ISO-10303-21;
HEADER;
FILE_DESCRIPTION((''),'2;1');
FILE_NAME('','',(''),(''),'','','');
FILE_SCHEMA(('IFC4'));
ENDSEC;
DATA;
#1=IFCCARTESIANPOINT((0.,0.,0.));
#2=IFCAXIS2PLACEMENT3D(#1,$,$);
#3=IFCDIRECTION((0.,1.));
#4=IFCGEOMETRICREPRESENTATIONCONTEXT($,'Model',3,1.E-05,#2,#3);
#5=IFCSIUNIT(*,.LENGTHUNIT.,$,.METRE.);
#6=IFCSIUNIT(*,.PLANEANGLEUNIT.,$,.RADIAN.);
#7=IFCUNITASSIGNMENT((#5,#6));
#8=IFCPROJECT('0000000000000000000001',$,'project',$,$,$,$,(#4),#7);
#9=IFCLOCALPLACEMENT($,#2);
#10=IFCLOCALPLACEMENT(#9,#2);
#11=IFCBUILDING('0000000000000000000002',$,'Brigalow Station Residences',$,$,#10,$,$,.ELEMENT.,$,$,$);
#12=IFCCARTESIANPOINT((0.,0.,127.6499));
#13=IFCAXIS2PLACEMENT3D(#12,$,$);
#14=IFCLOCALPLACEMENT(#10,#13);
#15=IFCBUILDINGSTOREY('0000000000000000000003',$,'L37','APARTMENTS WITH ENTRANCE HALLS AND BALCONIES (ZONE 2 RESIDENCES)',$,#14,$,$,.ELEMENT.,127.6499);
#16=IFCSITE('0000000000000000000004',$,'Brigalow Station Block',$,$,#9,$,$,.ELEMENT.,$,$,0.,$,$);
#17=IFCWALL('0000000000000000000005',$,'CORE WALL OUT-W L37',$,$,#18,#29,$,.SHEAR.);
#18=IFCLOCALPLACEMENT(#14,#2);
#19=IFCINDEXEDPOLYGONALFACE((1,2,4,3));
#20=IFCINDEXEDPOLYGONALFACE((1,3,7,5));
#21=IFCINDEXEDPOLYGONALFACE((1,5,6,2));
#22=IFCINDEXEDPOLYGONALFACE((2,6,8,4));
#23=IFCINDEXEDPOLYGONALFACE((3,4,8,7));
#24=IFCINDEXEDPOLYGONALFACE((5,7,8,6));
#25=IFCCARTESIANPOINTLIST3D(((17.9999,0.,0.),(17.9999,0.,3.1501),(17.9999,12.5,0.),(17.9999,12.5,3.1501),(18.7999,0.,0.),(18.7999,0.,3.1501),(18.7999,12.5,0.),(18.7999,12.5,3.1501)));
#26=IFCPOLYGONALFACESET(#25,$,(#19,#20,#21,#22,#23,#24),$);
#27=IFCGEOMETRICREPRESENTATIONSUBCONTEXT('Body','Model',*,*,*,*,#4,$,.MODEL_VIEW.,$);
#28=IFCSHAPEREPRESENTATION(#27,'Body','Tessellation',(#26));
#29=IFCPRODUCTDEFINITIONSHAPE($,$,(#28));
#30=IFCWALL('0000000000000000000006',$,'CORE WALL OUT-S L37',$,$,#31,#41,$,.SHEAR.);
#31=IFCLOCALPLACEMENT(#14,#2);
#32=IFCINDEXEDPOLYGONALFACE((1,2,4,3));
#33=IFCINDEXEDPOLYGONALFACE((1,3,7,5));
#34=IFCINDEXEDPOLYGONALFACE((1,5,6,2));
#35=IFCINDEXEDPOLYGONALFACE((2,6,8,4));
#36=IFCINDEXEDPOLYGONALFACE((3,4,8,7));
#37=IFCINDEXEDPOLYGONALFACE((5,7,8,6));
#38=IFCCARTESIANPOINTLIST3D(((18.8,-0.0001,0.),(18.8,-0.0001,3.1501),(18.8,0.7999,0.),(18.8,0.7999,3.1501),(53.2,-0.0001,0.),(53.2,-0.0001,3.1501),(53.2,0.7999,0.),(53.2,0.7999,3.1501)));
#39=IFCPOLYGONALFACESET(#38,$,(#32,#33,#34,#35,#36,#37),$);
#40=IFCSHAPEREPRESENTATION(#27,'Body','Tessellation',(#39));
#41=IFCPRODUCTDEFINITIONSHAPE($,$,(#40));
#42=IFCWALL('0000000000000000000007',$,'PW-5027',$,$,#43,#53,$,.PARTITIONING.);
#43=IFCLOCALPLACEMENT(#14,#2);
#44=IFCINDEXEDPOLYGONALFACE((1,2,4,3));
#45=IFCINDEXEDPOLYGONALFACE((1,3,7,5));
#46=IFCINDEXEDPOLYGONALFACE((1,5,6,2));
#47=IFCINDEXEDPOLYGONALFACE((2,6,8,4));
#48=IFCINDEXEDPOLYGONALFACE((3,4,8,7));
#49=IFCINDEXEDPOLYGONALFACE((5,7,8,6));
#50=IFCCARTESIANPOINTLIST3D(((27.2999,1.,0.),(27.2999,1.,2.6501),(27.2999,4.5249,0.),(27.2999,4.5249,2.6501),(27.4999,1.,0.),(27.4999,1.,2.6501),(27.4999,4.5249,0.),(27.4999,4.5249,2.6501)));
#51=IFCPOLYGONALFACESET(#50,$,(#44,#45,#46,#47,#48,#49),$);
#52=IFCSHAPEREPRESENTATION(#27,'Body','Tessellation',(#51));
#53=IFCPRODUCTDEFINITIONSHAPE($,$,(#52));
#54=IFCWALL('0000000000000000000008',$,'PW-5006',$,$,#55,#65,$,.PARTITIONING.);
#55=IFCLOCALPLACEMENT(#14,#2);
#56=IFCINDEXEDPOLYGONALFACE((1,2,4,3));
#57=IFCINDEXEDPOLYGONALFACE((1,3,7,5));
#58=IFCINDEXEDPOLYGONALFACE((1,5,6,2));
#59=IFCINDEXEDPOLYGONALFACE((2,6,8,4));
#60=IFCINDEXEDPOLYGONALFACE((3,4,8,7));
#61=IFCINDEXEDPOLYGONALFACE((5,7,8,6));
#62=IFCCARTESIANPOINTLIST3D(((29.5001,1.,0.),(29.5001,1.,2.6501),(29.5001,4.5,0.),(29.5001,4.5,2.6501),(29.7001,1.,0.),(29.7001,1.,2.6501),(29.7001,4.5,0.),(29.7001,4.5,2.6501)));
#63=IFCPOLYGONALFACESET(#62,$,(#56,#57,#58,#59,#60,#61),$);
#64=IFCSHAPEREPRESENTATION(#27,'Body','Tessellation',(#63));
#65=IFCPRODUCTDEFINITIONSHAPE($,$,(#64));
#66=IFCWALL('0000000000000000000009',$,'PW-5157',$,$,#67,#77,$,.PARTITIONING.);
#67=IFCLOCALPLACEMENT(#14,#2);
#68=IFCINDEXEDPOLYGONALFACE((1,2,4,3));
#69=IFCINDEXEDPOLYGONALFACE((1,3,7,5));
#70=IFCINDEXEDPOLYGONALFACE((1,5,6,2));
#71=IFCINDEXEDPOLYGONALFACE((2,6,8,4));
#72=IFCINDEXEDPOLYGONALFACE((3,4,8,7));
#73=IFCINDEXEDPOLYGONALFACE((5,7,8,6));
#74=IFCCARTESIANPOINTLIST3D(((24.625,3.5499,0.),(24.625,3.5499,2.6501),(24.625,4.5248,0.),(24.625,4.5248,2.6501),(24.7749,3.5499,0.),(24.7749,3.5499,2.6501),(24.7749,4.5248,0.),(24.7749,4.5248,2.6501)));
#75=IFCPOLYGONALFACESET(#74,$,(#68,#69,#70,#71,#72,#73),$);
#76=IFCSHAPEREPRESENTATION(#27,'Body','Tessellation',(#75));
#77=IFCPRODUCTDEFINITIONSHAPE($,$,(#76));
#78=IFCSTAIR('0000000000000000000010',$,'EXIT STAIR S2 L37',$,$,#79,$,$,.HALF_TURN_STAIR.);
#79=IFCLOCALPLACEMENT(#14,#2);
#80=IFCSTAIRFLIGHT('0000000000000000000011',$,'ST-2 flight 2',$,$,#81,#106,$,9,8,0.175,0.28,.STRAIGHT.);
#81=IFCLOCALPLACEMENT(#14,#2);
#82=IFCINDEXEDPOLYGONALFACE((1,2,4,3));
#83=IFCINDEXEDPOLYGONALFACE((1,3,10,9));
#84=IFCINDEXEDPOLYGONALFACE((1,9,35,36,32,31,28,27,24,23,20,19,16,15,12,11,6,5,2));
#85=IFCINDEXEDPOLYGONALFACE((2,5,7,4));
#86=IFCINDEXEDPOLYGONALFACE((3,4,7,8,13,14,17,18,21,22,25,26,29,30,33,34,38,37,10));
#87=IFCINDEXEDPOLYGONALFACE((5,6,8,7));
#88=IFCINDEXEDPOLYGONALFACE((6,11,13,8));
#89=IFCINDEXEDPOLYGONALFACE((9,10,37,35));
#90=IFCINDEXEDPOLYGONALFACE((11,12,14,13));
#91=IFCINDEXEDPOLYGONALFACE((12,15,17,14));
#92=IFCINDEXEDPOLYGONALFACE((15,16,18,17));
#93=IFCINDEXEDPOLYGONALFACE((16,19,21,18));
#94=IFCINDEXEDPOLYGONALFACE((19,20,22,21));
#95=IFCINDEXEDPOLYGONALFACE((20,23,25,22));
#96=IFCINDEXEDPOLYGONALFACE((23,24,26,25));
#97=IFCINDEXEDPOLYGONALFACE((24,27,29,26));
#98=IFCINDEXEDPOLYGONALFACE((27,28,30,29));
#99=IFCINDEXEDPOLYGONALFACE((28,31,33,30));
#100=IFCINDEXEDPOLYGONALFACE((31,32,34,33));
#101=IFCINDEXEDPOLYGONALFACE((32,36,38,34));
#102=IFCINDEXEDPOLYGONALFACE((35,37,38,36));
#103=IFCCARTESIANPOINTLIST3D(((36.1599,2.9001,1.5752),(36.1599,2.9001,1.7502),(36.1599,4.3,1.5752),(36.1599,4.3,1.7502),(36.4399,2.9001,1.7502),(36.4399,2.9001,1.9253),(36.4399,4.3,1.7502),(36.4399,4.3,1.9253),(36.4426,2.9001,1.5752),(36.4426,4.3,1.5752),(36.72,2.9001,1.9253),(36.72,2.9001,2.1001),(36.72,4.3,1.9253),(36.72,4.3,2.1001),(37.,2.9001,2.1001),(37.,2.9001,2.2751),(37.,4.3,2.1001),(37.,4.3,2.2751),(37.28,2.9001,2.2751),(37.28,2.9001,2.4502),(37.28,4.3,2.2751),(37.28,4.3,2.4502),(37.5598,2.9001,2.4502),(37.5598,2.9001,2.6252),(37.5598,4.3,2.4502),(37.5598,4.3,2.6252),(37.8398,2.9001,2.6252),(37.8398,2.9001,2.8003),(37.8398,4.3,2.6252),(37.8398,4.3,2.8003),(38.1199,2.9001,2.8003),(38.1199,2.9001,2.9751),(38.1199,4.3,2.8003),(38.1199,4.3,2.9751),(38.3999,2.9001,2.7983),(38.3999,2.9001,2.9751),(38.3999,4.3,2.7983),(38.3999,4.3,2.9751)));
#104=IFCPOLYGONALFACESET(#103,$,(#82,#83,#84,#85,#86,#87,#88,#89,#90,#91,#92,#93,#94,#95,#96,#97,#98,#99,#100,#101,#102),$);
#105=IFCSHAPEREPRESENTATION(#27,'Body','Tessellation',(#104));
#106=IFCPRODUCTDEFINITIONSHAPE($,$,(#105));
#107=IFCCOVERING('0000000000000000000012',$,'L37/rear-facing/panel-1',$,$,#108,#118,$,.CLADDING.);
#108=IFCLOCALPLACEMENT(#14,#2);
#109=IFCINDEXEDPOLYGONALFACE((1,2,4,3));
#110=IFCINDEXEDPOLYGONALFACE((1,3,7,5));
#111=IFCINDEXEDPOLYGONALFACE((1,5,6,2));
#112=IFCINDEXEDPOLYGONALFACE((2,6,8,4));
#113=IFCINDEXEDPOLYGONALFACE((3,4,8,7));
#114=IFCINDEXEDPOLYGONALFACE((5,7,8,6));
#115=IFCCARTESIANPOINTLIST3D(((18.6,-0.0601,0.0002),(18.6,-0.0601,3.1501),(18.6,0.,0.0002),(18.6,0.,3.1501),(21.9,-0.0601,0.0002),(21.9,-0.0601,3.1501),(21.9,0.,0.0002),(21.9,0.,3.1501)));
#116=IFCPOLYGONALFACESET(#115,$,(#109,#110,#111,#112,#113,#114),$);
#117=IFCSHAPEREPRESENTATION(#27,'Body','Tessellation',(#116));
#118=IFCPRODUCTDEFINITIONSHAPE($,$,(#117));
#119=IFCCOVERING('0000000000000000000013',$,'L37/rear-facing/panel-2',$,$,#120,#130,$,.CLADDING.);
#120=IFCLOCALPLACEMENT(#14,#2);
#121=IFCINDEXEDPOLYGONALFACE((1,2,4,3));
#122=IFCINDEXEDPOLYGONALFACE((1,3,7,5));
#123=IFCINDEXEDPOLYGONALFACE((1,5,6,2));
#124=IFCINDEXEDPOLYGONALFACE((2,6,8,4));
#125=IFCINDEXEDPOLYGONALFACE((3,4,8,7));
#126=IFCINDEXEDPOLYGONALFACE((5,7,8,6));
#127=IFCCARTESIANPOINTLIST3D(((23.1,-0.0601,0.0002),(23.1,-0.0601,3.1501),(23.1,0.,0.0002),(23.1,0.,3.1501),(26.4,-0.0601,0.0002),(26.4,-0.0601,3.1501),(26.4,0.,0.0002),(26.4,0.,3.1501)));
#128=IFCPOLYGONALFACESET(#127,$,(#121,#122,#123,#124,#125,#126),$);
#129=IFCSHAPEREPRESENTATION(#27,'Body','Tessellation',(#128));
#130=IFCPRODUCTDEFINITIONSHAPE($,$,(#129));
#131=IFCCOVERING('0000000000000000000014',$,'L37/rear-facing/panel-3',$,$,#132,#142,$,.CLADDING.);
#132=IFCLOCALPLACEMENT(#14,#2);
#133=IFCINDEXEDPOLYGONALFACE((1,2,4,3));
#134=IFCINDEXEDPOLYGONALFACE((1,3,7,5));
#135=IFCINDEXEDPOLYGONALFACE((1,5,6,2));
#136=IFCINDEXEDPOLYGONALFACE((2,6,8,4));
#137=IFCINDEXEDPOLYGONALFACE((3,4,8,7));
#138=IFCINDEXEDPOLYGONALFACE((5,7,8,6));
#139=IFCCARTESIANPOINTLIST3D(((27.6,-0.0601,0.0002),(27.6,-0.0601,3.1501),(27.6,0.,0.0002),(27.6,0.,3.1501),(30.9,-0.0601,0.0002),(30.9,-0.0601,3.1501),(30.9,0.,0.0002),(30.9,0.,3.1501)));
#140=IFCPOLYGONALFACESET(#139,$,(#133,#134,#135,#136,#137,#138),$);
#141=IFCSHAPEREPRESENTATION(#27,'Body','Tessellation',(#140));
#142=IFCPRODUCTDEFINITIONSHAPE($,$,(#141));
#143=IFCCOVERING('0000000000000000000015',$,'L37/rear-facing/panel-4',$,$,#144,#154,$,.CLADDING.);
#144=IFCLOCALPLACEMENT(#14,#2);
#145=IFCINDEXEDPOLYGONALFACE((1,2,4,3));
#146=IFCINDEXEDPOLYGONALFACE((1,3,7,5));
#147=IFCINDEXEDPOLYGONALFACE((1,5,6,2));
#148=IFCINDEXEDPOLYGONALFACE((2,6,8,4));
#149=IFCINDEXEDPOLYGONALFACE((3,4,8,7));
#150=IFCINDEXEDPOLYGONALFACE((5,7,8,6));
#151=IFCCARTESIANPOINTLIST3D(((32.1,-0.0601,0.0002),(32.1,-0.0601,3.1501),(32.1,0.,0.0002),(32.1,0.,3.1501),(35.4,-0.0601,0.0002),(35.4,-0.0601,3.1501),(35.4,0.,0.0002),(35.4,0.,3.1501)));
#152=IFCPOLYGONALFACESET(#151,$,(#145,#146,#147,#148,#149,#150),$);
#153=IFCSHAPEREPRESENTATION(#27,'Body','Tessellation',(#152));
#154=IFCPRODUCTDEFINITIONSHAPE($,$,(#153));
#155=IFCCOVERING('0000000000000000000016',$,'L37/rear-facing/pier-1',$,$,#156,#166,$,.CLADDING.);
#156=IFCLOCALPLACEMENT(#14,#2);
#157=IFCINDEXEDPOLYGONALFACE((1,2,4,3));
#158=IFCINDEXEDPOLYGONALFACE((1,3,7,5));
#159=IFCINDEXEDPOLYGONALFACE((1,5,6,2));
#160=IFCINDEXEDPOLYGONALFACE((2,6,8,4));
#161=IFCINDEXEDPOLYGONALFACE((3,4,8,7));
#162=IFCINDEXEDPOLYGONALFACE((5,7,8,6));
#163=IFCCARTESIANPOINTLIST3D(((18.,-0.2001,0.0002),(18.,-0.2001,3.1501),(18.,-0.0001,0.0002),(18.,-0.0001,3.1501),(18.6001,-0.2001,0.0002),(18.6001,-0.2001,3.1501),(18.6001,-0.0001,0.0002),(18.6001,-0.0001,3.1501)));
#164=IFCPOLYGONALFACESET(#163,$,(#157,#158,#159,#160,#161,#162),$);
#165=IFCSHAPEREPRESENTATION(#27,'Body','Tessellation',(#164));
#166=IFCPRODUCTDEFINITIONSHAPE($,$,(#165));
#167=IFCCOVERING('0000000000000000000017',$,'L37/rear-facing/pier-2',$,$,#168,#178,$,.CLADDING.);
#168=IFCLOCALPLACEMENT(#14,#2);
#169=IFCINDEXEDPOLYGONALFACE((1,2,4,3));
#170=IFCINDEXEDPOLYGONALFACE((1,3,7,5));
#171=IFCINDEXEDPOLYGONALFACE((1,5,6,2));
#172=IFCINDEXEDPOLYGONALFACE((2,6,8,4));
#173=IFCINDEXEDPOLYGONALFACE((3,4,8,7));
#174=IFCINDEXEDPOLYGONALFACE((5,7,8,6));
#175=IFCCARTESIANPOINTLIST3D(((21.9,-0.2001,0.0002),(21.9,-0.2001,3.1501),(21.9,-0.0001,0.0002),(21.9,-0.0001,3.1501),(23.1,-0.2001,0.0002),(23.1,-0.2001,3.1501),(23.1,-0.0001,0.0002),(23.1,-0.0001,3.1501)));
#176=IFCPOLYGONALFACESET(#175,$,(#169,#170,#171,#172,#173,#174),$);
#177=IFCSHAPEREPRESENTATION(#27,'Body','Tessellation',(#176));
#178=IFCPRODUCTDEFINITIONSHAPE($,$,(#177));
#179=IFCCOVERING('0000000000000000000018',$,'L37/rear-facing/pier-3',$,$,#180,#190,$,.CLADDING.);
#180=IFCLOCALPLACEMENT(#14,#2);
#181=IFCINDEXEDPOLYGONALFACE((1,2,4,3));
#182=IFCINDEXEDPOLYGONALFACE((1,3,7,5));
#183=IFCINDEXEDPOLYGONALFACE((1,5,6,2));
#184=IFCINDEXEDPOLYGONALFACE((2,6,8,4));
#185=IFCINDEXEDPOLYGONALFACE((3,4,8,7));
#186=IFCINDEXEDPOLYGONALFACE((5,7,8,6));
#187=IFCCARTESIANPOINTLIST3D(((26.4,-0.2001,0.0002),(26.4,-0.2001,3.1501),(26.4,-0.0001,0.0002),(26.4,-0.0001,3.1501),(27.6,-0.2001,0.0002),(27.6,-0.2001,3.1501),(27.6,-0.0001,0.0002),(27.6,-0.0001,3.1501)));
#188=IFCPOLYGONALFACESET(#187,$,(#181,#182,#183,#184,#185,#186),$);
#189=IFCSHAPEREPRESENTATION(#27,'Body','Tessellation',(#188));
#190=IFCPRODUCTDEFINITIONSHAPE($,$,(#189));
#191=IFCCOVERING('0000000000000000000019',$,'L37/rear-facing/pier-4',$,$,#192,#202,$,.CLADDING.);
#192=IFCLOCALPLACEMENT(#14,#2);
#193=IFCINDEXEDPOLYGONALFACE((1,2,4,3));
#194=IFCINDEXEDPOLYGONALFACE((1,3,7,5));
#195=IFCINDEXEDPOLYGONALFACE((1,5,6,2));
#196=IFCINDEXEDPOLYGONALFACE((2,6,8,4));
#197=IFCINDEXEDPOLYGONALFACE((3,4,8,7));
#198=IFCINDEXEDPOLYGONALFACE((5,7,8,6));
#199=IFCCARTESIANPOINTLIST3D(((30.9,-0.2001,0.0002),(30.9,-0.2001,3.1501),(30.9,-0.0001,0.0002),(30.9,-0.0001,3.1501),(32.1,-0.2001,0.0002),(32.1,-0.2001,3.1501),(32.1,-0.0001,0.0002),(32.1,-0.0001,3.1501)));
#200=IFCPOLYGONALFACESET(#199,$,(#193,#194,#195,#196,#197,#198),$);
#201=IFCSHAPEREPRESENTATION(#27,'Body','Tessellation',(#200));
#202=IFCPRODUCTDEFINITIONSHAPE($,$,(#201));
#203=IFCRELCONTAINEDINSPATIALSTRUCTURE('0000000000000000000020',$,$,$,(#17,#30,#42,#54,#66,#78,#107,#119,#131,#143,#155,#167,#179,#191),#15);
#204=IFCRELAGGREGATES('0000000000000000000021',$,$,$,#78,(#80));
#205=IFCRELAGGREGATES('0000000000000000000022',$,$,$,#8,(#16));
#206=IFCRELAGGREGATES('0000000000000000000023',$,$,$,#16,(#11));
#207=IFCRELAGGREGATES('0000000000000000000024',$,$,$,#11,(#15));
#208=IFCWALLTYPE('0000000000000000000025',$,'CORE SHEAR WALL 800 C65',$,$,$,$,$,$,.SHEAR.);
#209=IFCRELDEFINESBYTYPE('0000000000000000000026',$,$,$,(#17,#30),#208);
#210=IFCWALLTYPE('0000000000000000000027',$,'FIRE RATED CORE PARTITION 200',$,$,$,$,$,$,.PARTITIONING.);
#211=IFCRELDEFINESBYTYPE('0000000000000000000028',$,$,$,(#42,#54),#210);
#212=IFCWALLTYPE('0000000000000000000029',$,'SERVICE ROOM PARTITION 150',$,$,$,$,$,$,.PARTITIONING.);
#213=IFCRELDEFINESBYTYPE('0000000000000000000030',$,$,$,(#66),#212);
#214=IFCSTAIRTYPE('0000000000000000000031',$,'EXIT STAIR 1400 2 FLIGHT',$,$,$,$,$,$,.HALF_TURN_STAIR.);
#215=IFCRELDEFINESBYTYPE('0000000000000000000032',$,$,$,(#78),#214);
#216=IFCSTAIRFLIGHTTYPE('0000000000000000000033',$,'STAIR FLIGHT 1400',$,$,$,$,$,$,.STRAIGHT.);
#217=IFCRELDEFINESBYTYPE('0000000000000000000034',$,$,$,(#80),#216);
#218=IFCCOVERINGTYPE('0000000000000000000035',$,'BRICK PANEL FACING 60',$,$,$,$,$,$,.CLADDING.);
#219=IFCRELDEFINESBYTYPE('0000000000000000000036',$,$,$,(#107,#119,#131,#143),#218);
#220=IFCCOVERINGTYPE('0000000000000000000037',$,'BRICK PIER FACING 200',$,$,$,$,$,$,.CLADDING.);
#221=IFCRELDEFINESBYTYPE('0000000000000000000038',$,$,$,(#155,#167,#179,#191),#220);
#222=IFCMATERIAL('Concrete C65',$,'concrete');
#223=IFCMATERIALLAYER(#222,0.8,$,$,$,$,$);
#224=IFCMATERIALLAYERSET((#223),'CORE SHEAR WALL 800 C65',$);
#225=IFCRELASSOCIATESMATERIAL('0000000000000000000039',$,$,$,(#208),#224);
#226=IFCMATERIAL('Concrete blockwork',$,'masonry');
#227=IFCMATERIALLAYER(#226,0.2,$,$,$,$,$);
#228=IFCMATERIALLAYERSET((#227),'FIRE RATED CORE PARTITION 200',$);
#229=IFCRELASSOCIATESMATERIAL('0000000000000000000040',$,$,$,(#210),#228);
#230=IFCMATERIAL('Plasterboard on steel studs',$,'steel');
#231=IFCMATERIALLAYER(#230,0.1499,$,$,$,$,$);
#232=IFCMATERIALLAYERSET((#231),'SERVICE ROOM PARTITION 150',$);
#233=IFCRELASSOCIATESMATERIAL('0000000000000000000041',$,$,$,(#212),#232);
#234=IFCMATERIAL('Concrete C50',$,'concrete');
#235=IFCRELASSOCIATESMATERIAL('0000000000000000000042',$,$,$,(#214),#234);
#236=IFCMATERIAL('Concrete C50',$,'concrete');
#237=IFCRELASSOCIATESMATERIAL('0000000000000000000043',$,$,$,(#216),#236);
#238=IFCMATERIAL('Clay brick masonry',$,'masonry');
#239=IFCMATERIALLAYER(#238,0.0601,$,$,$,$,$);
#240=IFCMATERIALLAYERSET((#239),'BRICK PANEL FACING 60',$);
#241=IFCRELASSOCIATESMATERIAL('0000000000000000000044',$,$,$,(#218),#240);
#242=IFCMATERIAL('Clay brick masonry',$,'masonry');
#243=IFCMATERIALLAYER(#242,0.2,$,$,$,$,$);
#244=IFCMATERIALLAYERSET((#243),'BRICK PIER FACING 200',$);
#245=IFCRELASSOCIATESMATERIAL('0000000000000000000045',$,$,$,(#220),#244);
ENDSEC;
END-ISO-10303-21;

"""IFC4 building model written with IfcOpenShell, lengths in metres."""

from ifc_helpers import new_model, si_unit, direction, frame, frame_2d, origin, origin_2d, place, context, subcontext, project, spatial, polyline, rectangle, outline, extrude, material, layer, layer_set, type_object, element, aggregate, save


model = new_model("IFC4")

# Units and contexts
model_context = context("Model", 3, precision=1e-05, world=origin(), true_north=direction((0.0, 1.0)))
body_context = subcontext(model_context, "Body", "Model", "MODEL_VIEW")
ifc_project = project(units=[si_unit("LENGTHUNIT", "METRE"), si_unit("PLANEANGLEUNIT", "RADIAN")], contexts=[model_context])

# Site, building, storey
site_placement = place(None, origin())
site = spatial("IfcSite", under=ifc_project, at=site_placement, Name="Brigalow Station Block", CompositionType="ELEMENT", RefElevation=0.0)
building_placement = place(site_placement, origin())
building = spatial("IfcBuilding", under=site, at=building_placement, Name="Brigalow Station Residences", CompositionType="ELEMENT")
storey_placement = place(building_placement, frame((0.0, 0.0, 127.6499)))
storey = spatial("IfcBuildingStorey", under=building, at=storey_placement, Name="L37", Description="APARTMENTS WITH ENTRANCE HALLS AND BALCONIES (ZONE 2 RESIDENCES)", CompositionType="ELEMENT", Elevation=127.6499)

# Walls
ifc_material_1 = material(Name="Concrete C65", Category="concrete")
ifc_layer_1 = layer(ifc_material_1, 0.8)
ifc_layer_set_1 = layer_set([ifc_layer_1], Name="CORE SHEAR WALL 800 C65")
wall_type_1 = type_object("IfcWallType", Name="CORE SHEAR WALL 800 C65", PredefinedType="SHEAR", material=ifc_layer_set_1)
wall_1_placement = place(storey_placement, frame((18.3999, 0.0, 0.0), z_axis=(0.0, 0.0, 1.0), x_axis=(0.0, 1.0, 0.0)))
element("IfcWall", 1, at=wall_1_placement, inside=storey, type_object=wall_type_1, Name="CORE WALL OUT-W L37", PredefinedType="SHEAR", context=body_context, shape_type="SweptSolid", body=[
    extrude(rectangle(XDim=12.5, YDim=0.8, at=frame_2d((6.25, 0.0))), origin(), (0.0, 0.0, 1.0), 3.1501),
])
wall_2_placement = place(storey_placement, frame((18.8, 0.3999, 0.0), z_axis=(0.0, 0.0, 1.0), x_axis=(1.0, 0.0, 0.0)))
element("IfcWall", 2, at=wall_2_placement, inside=storey, type_object=wall_type_1, Name="CORE WALL OUT-S L37", PredefinedType="SHEAR", context=body_context, shape_type="SweptSolid", body=[
    extrude(rectangle(XDim=34.3999, YDim=0.8, at=frame_2d((17.2, 0.0))), origin(), (0.0, 0.0, 1.0), 3.1501),
])
ifc_material_2 = material(Name="Concrete blockwork", Category="masonry")
ifc_layer_2 = layer(ifc_material_2, 0.2)
ifc_layer_set_2 = layer_set([ifc_layer_2], Name="FIRE RATED CORE PARTITION 200")
wall_type_2 = type_object("IfcWallType", Name="FIRE RATED CORE PARTITION 200", PredefinedType="PARTITIONING", material=ifc_layer_set_2)
wall_3_placement = place(storey_placement, frame((27.3999, 1.0, 0.0), z_axis=(0.0, 0.0, 1.0), x_axis=(0.0, 1.0, 0.0)))
element("IfcWall", 3, at=wall_3_placement, inside=storey, type_object=wall_type_2, Name="PW-5027", PredefinedType="PARTITIONING", context=body_context, shape_type="SweptSolid", body=[
    extrude(rectangle(XDim=3.5249, YDim=0.2, at=frame_2d((1.7625, 0.0))), origin(), (0.0, 0.0, 1.0), 2.6501),
])
wall_4_placement = place(storey_placement, frame((29.6001, 1.0, 0.0), z_axis=(0.0, 0.0, 1.0), x_axis=(0.0, 1.0, 0.0)))
element("IfcWall", 4, at=wall_4_placement, inside=storey, type_object=wall_type_2, Name="PW-5006", PredefinedType="PARTITIONING", context=body_context, shape_type="SweptSolid", body=[
    extrude(rectangle(XDim=3.5, YDim=0.2, at=frame_2d((1.75, 0.0))), origin(), (0.0, 0.0, 1.0), 2.6501),
])
ifc_material_3 = material(Name="Plasterboard on steel studs", Category="steel")
ifc_layer_3 = layer(ifc_material_3, 0.1499)
ifc_layer_set_3 = layer_set([ifc_layer_3], Name="SERVICE ROOM PARTITION 150")
wall_type_3 = type_object("IfcWallType", Name="SERVICE ROOM PARTITION 150", PredefinedType="PARTITIONING", material=ifc_layer_set_3)
wall_5_placement = place(storey_placement, frame((24.7, 3.55, 0.0), z_axis=(0.0, 0.0, 1.0), x_axis=(0.0, 1.0, 0.0)))
element("IfcWall", 5, at=wall_5_placement, inside=storey, type_object=wall_type_3, Name="PW-5157", PredefinedType="PARTITIONING", context=body_context, shape_type="SweptSolid", body=[
    extrude(rectangle(XDim=0.9749, YDim=0.1499, at=frame_2d((0.4873, 0.0))), origin(), (0.0, 0.0, 1.0), 2.6501),
])

# Stair, stair flight
ifc_material_4 = material(Name="Concrete C50", Category="concrete")
stair_type = type_object("IfcStairType", Name="EXIT STAIR 1400 2 FLIGHT", PredefinedType="HALF_TURN_STAIR", material=ifc_material_4)
stair_placement = place(storey_placement, origin())
stair = element("IfcStair", 6, at=stair_placement, inside=storey, type_object=stair_type, Name="EXIT STAIR S2 L37", PredefinedType="HALF_TURN_STAIR")
ifc_material_5 = material(Name="Concrete C50", Category="concrete")
stair_flight_type = type_object("IfcStairFlightType", Name="STAIR FLIGHT 1400", PredefinedType="STRAIGHT", material=ifc_material_5)
stair_flight_placement = place(storey_placement, frame((36.1599, 3.6001, 1.5752), z_axis=(0.0, 0.0, 1.0), x_axis=(1.0, 0.0, 0.0)))
stair_flight = element("IfcStairFlight", 7, at=stair_flight_placement, type_object=stair_flight_type, Name="ST-2 flight 2", NumberOfRisers=9, NumberOfTreads=8, PredefinedType="STRAIGHT", RiserHeight=0.175, TreadLength=0.28, context=body_context, shape_type="SweptSolid", body=[
    extrude(outline(polyline([(0.0, 0.0), (0.0, 0.175), (0.28, 0.175), (0.28, 0.3501), (0.5601, 0.3501), (0.5601, 0.5249), (0.8401, 0.5249), (0.8401, 0.7), (1.1201, 0.7), (1.1201, 0.875), (1.3999, 0.875), (1.3999, 1.05), (1.6799, 1.05), (1.6799, 1.2251), (1.96, 1.2251), (1.96, 1.3999), (2.24, 1.3999), (2.24, 1.575), (2.24, 1.2231), (0.2827, 0.0), (0.0, 0.0)])), frame((0.0, 0.7, 0.0), z_axis=(0.0, -1.0, 0.0), x_axis=(1.0, 0.0, 0.0)), (0.0, 0.0, 1.0), 1.3999),
])
aggregate(stair, [stair_flight])

# Coverings
ifc_material_6 = material(Name="Clay brick masonry", Category="masonry")
ifc_layer_4 = layer(ifc_material_6, 0.0601)
ifc_layer_set_4 = layer_set([ifc_layer_4], Name="BRICK PANEL FACING 60")
covering_type_1 = type_object("IfcCoveringType", Name="BRICK PANEL FACING 60", PredefinedType="CLADDING", material=ifc_layer_set_4)
for number, where, z_axis, x_axis, name in (
    (8, (20.25, -0.03, 0.0002), (0.0, 0.0, 1.0), (1.0, 0.0, 0.0), "L37/rear-facing/panel-1"),
    (9, (24.75, -0.03, 0.0002), (0.0, 0.0, 1.0), (1.0, 0.0, 0.0), "L37/rear-facing/panel-2"),
    (10, (29.25, -0.03, 0.0002), (0.0, 0.0, 1.0), (1.0, 0.0, 0.0), "L37/rear-facing/panel-3"),
    (11, (33.75, -0.03, 0.0002), (0.0, 0.0, 1.0), (1.0, 0.0, 0.0), "L37/rear-facing/panel-4"),
):
    element("IfcCovering", number, at=place(storey_placement, frame(where, z_axis=z_axis, x_axis=x_axis)), inside=storey, type_object=covering_type_1, Name=name, PredefinedType="CLADDING", context=body_context, shape_type="SweptSolid", body=[
        extrude(rectangle(XDim=3.3, YDim=0.0601, at=origin_2d()), origin(), (0.0, 0.0, 1.0), 3.1499),
    ])
ifc_material_7 = material(Name="Clay brick masonry", Category="masonry")
ifc_layer_5 = layer(ifc_material_7, 0.2)
ifc_layer_set_5 = layer_set([ifc_layer_5], Name="BRICK PIER FACING 200")
covering_type_2 = type_object("IfcCoveringType", Name="BRICK PIER FACING 200", PredefinedType="CLADDING", material=ifc_layer_set_5)
covering_placement = place(storey_placement, frame((18.3, -0.1001, 0.0002), z_axis=(0.0, 0.0, 1.0), x_axis=(1.0, 0.0, 0.0)))
element("IfcCovering", 12, at=covering_placement, inside=storey, type_object=covering_type_2, Name="L37/rear-facing/pier-1", PredefinedType="CLADDING", context=body_context, shape_type="SweptSolid", body=[
    extrude(rectangle(XDim=0.6001, YDim=0.2, at=origin_2d()), origin(), (0.0, 0.0, 1.0), 3.1499),
])
for number, where, z_axis, x_axis, name in (
    (13, (22.5, -0.1001, 0.0002), (0.0, 0.0, 1.0), (1.0, 0.0, 0.0), "L37/rear-facing/pier-2"),
    (14, (27.0, -0.1001, 0.0002), (0.0, 0.0, 1.0), (1.0, 0.0, 0.0), "L37/rear-facing/pier-3"),
    (15, (31.5, -0.1001, 0.0002), (0.0, 0.0, 1.0), (1.0, 0.0, 0.0), "L37/rear-facing/pier-4"),
):
    element("IfcCovering", number, at=place(storey_placement, frame(where, z_axis=z_axis, x_axis=x_axis)), inside=storey, type_object=covering_type_2, Name=name, PredefinedType="CLADDING", context=body_context, shape_type="SweptSolid", body=[
        extrude(rectangle(XDim=1.2, YDim=0.2, at=origin_2d()), origin(), (0.0, 0.0, 1.0), 3.1499),
    ])

save(model, "model.ifc")
